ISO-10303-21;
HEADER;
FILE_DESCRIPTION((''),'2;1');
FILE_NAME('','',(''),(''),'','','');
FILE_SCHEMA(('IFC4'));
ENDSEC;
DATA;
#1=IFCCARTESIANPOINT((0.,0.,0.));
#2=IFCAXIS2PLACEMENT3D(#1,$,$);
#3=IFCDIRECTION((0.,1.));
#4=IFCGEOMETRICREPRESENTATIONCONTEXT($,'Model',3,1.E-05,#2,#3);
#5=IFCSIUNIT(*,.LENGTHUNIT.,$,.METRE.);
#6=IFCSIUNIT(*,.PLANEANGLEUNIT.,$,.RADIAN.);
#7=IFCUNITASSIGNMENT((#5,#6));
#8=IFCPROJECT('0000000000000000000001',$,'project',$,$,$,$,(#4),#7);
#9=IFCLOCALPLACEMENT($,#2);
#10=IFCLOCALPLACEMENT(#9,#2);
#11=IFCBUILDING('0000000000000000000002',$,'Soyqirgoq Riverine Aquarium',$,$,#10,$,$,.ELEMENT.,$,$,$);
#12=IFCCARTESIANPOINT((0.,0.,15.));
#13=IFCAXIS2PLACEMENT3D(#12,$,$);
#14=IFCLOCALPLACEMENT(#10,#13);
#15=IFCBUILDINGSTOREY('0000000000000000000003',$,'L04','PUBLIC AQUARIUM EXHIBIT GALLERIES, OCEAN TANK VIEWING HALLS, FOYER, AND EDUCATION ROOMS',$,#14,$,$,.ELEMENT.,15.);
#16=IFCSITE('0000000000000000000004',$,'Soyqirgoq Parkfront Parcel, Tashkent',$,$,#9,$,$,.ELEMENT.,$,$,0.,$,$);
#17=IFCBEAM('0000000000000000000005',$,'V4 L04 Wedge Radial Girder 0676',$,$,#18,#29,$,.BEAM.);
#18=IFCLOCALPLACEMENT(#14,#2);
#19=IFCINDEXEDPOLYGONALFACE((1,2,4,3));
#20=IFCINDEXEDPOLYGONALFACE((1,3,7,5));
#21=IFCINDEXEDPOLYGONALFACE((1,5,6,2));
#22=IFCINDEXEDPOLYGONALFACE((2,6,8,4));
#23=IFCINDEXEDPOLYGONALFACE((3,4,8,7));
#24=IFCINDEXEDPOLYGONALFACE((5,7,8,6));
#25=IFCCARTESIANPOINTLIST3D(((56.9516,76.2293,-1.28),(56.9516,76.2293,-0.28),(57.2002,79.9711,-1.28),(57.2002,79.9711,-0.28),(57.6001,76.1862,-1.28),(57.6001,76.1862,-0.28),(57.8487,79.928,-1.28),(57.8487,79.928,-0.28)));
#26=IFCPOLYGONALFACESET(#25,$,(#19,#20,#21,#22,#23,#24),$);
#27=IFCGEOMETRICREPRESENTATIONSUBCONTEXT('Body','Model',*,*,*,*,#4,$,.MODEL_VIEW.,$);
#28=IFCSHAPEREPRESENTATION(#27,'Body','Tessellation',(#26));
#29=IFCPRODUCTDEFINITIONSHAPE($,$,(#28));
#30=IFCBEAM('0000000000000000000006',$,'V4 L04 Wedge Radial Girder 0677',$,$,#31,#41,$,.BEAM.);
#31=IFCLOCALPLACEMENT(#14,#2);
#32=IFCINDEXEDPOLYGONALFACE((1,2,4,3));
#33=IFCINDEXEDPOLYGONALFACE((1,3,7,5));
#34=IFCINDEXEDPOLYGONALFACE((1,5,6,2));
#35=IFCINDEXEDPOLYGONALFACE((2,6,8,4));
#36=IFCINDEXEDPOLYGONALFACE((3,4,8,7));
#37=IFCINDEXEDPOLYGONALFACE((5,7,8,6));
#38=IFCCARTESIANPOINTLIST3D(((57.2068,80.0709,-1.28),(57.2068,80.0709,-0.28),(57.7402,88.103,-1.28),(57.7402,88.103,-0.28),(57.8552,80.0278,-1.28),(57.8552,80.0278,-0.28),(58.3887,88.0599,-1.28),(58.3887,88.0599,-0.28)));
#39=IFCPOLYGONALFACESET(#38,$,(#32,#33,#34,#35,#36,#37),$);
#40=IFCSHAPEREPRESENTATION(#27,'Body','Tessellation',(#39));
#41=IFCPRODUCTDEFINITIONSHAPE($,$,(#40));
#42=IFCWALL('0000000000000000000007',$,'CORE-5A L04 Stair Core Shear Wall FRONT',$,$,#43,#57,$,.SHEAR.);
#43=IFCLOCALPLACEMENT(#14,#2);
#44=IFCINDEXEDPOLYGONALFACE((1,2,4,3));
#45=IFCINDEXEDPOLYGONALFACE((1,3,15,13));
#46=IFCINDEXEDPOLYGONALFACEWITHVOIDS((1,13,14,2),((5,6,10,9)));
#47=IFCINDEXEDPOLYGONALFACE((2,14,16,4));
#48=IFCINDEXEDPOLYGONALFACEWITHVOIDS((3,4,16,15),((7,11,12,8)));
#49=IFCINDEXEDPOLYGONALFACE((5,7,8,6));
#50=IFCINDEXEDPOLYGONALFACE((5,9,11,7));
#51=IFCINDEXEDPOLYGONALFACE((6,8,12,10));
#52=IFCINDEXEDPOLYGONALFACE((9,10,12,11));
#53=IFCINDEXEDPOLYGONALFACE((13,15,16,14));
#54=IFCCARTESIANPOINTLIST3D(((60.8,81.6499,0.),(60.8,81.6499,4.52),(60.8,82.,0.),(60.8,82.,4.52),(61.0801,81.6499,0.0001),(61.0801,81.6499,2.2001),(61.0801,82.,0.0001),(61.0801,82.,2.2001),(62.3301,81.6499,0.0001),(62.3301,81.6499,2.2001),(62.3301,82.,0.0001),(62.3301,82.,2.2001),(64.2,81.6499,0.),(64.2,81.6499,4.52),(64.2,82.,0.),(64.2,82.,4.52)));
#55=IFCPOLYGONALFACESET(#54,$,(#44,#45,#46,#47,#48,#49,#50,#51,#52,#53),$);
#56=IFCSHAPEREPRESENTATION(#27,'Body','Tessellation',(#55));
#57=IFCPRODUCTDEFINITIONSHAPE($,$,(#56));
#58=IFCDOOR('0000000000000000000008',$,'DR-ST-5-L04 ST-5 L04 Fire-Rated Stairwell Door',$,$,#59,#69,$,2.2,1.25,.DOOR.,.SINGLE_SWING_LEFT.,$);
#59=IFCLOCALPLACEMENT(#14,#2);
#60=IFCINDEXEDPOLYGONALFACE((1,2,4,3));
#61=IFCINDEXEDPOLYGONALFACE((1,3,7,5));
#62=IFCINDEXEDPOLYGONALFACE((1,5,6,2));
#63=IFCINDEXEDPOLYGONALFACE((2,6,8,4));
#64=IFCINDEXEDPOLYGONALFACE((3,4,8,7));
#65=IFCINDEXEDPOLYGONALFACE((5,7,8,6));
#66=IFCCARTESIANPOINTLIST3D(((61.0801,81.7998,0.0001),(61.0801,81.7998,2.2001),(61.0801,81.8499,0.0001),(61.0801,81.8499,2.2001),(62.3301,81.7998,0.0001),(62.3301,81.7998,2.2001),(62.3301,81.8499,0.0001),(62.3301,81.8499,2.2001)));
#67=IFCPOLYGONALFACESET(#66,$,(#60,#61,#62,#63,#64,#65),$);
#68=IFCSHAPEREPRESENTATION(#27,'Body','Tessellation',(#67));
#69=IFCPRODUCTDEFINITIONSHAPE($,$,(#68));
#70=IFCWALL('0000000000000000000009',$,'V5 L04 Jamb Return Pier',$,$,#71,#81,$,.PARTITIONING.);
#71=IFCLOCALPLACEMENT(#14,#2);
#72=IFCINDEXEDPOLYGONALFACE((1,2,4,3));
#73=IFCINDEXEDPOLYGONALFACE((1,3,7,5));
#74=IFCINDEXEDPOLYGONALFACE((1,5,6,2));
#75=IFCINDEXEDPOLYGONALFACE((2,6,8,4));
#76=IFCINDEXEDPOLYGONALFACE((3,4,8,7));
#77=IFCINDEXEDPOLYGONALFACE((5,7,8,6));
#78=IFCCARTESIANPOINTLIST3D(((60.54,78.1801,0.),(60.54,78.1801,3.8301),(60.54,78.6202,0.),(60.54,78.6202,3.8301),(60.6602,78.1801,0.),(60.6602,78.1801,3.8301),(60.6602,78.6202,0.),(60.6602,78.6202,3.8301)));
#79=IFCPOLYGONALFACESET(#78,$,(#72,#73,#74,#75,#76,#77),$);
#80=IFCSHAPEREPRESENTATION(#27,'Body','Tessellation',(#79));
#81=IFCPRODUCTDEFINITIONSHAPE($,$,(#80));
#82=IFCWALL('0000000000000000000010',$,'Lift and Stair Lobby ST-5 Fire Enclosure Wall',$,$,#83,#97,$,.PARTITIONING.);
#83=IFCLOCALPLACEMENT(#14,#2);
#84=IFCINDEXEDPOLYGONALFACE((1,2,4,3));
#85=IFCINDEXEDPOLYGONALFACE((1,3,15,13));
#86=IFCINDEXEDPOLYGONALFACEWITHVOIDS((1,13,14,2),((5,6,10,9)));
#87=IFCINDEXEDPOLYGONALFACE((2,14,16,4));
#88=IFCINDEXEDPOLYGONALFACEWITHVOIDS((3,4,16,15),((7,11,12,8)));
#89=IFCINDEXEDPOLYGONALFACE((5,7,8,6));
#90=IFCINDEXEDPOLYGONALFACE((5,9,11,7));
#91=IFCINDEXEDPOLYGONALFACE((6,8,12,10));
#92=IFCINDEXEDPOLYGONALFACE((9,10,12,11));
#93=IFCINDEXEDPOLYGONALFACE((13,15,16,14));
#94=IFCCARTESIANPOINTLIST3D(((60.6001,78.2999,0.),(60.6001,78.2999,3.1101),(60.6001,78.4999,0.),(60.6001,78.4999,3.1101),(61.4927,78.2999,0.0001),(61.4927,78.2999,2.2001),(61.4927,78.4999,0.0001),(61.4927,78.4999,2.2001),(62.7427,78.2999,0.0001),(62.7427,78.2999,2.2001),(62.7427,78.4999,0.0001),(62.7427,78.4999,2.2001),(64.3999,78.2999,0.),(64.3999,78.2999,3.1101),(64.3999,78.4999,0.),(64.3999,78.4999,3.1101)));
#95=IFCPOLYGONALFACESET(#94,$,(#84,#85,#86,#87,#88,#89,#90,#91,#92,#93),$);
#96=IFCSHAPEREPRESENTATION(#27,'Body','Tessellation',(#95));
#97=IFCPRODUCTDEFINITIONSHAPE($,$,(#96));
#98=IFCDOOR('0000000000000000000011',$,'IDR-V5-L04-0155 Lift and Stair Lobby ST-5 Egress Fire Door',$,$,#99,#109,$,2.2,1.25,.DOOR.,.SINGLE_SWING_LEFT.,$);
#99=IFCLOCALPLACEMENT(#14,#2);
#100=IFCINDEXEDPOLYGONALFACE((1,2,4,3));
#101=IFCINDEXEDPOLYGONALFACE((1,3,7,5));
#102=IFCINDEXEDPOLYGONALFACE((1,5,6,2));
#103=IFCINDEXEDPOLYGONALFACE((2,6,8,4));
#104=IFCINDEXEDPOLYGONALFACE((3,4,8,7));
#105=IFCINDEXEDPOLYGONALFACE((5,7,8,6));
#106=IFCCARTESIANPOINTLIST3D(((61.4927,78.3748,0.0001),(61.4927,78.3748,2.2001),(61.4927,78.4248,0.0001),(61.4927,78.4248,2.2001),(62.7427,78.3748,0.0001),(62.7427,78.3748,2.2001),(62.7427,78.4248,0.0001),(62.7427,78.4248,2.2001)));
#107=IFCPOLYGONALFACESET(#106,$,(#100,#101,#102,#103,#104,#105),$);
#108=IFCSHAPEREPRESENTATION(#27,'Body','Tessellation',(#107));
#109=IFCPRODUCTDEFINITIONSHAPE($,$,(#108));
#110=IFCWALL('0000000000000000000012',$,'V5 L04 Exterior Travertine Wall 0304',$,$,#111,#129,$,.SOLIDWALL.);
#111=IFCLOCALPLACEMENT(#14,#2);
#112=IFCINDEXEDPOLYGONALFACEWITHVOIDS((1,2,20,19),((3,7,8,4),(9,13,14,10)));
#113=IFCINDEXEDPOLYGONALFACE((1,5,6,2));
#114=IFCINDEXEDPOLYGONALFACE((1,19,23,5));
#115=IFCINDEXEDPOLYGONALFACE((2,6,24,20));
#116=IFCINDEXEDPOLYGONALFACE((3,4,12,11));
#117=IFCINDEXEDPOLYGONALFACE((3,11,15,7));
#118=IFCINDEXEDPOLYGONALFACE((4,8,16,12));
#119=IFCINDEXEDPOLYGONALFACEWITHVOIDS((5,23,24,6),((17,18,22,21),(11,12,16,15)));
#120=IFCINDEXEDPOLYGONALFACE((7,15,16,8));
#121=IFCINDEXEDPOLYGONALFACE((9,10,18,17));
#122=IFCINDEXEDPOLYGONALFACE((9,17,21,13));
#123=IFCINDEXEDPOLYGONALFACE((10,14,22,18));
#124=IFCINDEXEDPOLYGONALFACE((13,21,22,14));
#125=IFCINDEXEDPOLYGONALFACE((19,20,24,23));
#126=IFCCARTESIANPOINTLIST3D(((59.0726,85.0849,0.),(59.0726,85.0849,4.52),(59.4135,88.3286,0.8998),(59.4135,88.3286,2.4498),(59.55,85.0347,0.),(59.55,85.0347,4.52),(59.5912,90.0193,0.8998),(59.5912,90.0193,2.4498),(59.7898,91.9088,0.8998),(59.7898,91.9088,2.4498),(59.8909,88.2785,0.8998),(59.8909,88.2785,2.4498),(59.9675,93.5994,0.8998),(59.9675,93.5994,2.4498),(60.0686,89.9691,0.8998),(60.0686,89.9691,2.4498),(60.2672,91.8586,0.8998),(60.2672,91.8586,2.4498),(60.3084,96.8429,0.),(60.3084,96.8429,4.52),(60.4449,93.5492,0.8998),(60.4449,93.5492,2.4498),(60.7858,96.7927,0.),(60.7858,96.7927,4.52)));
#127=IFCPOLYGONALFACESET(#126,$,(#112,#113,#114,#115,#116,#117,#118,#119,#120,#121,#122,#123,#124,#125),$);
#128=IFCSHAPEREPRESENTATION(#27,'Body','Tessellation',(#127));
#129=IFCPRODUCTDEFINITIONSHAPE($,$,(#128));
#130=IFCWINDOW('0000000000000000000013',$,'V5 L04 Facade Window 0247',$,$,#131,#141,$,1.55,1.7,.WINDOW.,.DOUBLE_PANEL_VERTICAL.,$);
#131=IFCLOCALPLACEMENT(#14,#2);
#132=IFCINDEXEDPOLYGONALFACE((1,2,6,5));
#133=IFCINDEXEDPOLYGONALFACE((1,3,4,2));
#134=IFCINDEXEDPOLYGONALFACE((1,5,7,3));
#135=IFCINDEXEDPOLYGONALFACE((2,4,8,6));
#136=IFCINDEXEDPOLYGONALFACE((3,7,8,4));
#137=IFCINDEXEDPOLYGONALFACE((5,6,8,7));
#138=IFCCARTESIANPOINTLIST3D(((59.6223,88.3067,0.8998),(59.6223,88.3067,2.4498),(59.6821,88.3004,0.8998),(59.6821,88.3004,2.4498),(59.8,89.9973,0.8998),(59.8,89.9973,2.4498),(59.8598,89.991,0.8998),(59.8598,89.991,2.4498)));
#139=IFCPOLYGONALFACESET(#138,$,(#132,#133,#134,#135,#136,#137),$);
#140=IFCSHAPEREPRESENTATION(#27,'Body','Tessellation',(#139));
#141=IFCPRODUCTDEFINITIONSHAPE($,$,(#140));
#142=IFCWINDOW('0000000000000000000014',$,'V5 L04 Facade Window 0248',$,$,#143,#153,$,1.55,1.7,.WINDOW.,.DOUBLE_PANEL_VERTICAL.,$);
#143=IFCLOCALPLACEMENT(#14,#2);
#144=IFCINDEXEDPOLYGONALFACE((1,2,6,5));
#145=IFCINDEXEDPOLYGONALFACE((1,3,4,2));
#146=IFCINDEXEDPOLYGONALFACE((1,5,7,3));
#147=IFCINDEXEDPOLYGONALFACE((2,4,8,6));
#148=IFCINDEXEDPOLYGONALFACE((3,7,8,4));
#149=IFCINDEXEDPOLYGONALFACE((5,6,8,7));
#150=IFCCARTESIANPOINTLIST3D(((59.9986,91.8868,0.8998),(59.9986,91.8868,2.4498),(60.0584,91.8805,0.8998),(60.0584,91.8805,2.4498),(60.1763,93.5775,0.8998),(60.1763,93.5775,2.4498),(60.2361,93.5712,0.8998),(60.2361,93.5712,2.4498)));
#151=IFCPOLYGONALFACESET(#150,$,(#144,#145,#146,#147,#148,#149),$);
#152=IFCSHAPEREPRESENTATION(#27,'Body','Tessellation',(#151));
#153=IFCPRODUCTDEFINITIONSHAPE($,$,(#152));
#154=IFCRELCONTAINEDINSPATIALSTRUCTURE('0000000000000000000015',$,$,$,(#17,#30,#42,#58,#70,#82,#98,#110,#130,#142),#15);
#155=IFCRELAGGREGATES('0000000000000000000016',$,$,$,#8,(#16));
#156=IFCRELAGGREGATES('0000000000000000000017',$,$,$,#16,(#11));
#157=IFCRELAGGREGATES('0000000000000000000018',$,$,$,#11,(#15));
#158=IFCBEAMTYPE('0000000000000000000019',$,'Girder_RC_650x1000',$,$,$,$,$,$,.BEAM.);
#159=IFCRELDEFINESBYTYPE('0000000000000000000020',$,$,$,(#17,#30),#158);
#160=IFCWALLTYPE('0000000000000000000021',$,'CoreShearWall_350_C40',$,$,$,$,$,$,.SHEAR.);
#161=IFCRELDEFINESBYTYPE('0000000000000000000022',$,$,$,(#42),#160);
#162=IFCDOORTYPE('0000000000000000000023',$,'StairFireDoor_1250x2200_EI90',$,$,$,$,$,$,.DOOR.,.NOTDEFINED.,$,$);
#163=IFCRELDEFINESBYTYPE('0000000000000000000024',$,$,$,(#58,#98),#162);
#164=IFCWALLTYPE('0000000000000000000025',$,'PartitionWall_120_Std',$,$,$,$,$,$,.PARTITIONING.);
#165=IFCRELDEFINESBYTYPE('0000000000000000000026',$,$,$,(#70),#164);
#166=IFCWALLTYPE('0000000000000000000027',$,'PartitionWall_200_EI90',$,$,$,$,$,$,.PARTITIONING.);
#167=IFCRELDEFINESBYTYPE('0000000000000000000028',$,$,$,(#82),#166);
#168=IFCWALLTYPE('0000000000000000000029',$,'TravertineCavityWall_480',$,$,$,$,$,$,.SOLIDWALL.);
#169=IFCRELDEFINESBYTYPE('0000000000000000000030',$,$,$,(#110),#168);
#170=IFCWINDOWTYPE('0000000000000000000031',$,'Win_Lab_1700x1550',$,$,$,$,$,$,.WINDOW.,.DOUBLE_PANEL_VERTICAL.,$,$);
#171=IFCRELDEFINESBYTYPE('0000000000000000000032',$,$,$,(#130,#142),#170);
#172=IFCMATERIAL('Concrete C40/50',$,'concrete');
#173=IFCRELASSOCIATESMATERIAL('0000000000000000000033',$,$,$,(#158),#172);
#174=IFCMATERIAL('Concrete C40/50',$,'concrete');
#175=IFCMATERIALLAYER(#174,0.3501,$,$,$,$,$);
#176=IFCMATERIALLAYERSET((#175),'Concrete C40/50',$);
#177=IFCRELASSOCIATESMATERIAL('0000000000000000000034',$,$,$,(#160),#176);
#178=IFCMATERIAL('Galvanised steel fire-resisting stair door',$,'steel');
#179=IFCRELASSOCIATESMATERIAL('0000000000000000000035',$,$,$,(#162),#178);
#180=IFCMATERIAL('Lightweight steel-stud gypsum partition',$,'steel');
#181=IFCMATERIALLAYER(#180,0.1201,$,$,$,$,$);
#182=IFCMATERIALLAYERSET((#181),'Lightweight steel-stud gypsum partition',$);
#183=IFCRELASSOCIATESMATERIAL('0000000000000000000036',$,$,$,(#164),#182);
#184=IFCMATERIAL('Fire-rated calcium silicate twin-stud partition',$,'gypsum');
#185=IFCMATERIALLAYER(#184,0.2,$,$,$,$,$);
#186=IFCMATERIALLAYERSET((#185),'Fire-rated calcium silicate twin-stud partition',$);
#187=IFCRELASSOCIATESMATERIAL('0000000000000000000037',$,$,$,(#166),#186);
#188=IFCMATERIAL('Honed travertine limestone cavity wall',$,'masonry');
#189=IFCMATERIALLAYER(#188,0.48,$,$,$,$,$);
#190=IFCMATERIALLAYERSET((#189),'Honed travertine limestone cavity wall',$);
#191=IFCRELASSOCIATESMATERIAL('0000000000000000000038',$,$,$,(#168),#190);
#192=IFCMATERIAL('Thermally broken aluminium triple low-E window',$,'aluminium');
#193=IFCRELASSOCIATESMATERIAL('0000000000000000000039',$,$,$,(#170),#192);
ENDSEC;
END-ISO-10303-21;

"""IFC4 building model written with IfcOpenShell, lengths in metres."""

from ifc_helpers import new_model, si_unit, direction, frame, frame_2d, origin, origin_2d, place, context, subcontext, project, spatial, rectangle, extrude, material, layer, layer_set, material_profile, profile_set, type_object, element, fill, save


model = new_model("IFC4")

# Units and contexts
model_context = context("Model", 3, precision=1e-05, world=origin(), true_north=direction((0.0, 1.0)))
body_context = subcontext(model_context, "Body", "Model", "MODEL_VIEW")
ifc_project = project(units=[si_unit("LENGTHUNIT", "METRE"), si_unit("PLANEANGLEUNIT", "RADIAN")], contexts=[model_context])

# Site, building, storey
site_placement = place(None, origin())
site = spatial("IfcSite", under=ifc_project, at=site_placement, Name="Soyqirgoq Parkfront Parcel, Tashkent", CompositionType="ELEMENT", RefElevation=0.0)
building_placement = place(site_placement, origin())
building = spatial("IfcBuilding", under=site, at=building_placement, Name="Soyqirgoq Riverine Aquarium", CompositionType="ELEMENT")
storey_placement = place(building_placement, frame((0.0, 0.0, 15.0)))
storey = spatial("IfcBuildingStorey", under=building, at=storey_placement, Name="L04", Description="PUBLIC AQUARIUM EXHIBIT GALLERIES, OCEAN TANK VIEWING HALLS, FOYER, AND EDUCATION ROOMS", CompositionType="ELEMENT", Elevation=15.0)

# Beams
ifc_material_1 = material(Name="Concrete C40/50", Category="concrete")
ifc_material_profile_1 = material_profile(ifc_material_1, rectangle(XDim=0.6499, YDim=1.0, at=origin_2d()), Name="RC 650x1000")
ifc_profile_set_1 = profile_set([ifc_material_profile_1], Name="Concrete C40/50")
beam_type_1 = type_object("IfcBeamType", Name="Girder_RC_650x1000", PredefinedType="BEAM", material=ifc_profile_set_1)
beam_1_placement = place(storey_placement, frame((57.2759, 76.2078, -0.78), z_axis=(0.066277, 0.997801, 0.0), x_axis=(-0.997801, 0.066277, 0.0)))
element("IfcBeam", 1, at=beam_1_placement, inside=storey, type_object=beam_type_1, Name="V4 L04 Wedge Radial Girder 0676", PredefinedType="BEAM", context=body_context, shape_type="SweptSolid", body=[
    extrude(rectangle(XDim=0.6499, YDim=1.0, at=origin_2d()), origin(), (0.0, 0.0, 1.0), 3.75),
])
beam_2_placement = place(storey_placement, frame((57.531, 80.0493, -0.78), z_axis=(0.066267, 0.997802, 0.0), x_axis=(-0.997802, 0.066267, 0.0)))
element("IfcBeam", 2, at=beam_2_placement, inside=storey, type_object=beam_type_1, Name="V4 L04 Wedge Radial Girder 0677", PredefinedType="BEAM", context=body_context, shape_type="SweptSolid", body=[
    extrude(rectangle(XDim=0.6499, YDim=1.0, at=origin_2d()), origin(), (0.0, 0.0, 1.0), 8.0498),
])

# Wall, opening, door
ifc_material_2 = material(Name="Concrete C40/50", Category="concrete")
ifc_layer_1 = layer(ifc_material_2, 0.3501)
ifc_layer_set_1 = layer_set([ifc_layer_1], Name="Concrete C40/50")
wall_type_1 = type_object("IfcWallType", Name="CoreShearWall_350_C40", PredefinedType="SHEAR", material=ifc_layer_set_1)
wall_1_placement = place(storey_placement, frame((60.8, 81.825, 0.0), z_axis=(0.0, 0.0, 1.0), x_axis=(1.0, 0.0, 0.0)))
wall_1 = element("IfcWall", 3, at=wall_1_placement, inside=storey, type_object=wall_type_1, Name="CORE-5A L04 Stair Core Shear Wall FRONT", PredefinedType="SHEAR", context=body_context, shape_type="SweptSolid", body=[
    extrude(rectangle(XDim=3.3999, YDim=0.3501, at=frame_2d((1.7, 0.0))), origin(), (0.0, 0.0, 1.0), 4.52),
])
opening_1_placement = place(wall_1_placement, frame((0.28, 0.0, 0.0)))
opening_1 = element("IfcOpeningElement", 4, at=opening_1_placement, cuts=wall_1, PredefinedType="OPENING", context=body_context, shape_type="SweptSolid", body=[
    extrude(rectangle(XDim=1.25, YDim=2.2, at=frame_2d((0.625, 1.1001))), frame((0.0, 0.1851, 0.0), z_axis=(0.0, -1.0, 0.0), x_axis=(1.0, 0.0, 0.0)), (0.0, 0.0, 1.0), 0.3701),
])
ifc_material_3 = material(Name="Galvanised steel fire-resisting stair door", Category="steel")
door_type = type_object("IfcDoorType", Name="StairFireDoor_1250x2200_EI90", OperationType="NOTDEFINED", PredefinedType="DOOR", material=ifc_material_3)
door_1_placement = place(opening_1_placement, origin())
door_1 = element("IfcDoor", 5, at=door_1_placement, inside=storey, type_object=door_type, Name="DR-ST-5-L04 ST-5 L04 Fire-Rated Stairwell Door", OperationType="SINGLE_SWING_LEFT", OverallHeight=2.2, OverallWidth=1.25, PredefinedType="DOOR", context=body_context, shape_type="SweptSolid", body=[
    extrude(rectangle(XDim=1.25, YDim=2.2, at=frame_2d((0.625, 1.1001))), frame((0.0, 0.0249, 0.0), z_axis=(0.0, -1.0, 0.0), x_axis=(1.0, 0.0, 0.0)), (0.0, 0.0, 1.0), 0.05),
])
fill(opening_1, door_1)

# Wall
ifc_material_4 = material(Name="Lightweight steel-stud gypsum partition", Category="steel")
ifc_layer_2 = layer(ifc_material_4, 0.1201)
ifc_layer_set_2 = layer_set([ifc_layer_2], Name="Lightweight steel-stud gypsum partition")
wall_type_2 = type_object("IfcWallType", Name="PartitionWall_120_Std", PredefinedType="PARTITIONING", material=ifc_layer_set_2)
wall_2_placement = place(storey_placement, frame((60.6001, 78.1799, 0.0), z_axis=(0.0, 0.0, 1.0), x_axis=(0.0, 1.0, 0.0)))
element("IfcWall", 6, at=wall_2_placement, inside=storey, type_object=wall_type_2, Name="V5 L04 Jamb Return Pier", PredefinedType="PARTITIONING", context=body_context, shape_type="SweptSolid", body=[
    extrude(rectangle(XDim=0.4402, YDim=0.1201, at=frame_2d((0.2202, 0.0))), origin(), (0.0, 0.0, 1.0), 3.8301),
])

# Wall, opening, door
ifc_material_5 = material(Name="Fire-rated calcium silicate twin-stud partition", Category="gypsum")
ifc_layer_3 = layer(ifc_material_5, 0.2)
ifc_layer_set_3 = layer_set([ifc_layer_3], Name="Fire-rated calcium silicate twin-stud partition")
wall_type_3 = type_object("IfcWallType", Name="PartitionWall_200_EI90", PredefinedType="PARTITIONING", material=ifc_layer_set_3)
wall_3_placement = place(storey_placement, frame((60.6001, 78.3999, 0.0), z_axis=(0.0, 0.0, 1.0), x_axis=(1.0, 0.0, 0.0)))
wall_3 = element("IfcWall", 7, at=wall_3_placement, inside=storey, type_object=wall_type_3, Name="Lift and Stair Lobby ST-5 Fire Enclosure Wall", PredefinedType="PARTITIONING", context=body_context, shape_type="SweptSolid", body=[
    extrude(rectangle(XDim=3.7998, YDim=0.2, at=frame_2d((1.8999, 0.0))), origin(), (0.0, 0.0, 1.0), 3.1101),
])
opening_2_placement = place(wall_3_placement, frame((0.8926, 0.0, 0.0)))
opening_2 = element("IfcOpeningElement", 8, at=opening_2_placement, cuts=wall_3, PredefinedType="OPENING", context=body_context, shape_type="SweptSolid", body=[
    extrude(rectangle(XDim=1.25, YDim=2.2, at=frame_2d((0.625, 1.1001))), frame((0.0, 0.1099, 0.0), z_axis=(0.0, -1.0, 0.0), x_axis=(1.0, 0.0, 0.0)), (0.0, 0.0, 1.0), 0.22),
])
door_2_placement = place(opening_2_placement, origin())
door_2 = element("IfcDoor", 9, at=door_2_placement, inside=storey, type_object=door_type, Name="IDR-V5-L04-0155 Lift and Stair Lobby ST-5 Egress Fire Door", OperationType="SINGLE_SWING_LEFT", OverallHeight=2.2, OverallWidth=1.25, PredefinedType="DOOR", context=body_context, shape_type="SweptSolid", body=[
    extrude(rectangle(XDim=1.25, YDim=2.2, at=frame_2d((0.625, 1.1001))), frame((0.0, 0.0249, 0.0), z_axis=(0.0, -1.0, 0.0), x_axis=(1.0, 0.0, 0.0)), (0.0, 0.0, 1.0), 0.05),
])
fill(opening_2, door_2)

# Wall, openings, windows
ifc_material_6 = material(Name="Honed travertine limestone cavity wall", Category="masonry")
ifc_layer_4 = layer(ifc_material_6, 0.48)
ifc_layer_set_4 = layer_set([ifc_layer_4], Name="Honed travertine limestone cavity wall")
wall_type_4 = type_object("IfcWallType", Name="TravertineCavityWall_480", PredefinedType="SOLIDWALL", material=ifc_layer_set_4)
wall_4_placement = place(storey_placement, frame((59.3113, 85.0598, 0.0), z_axis=(0.0, 0.0, 1.0), x_axis=(0.10453, 0.994522, 0.0)))
wall_4 = element("IfcWall", 10, at=wall_4_placement, inside=storey, type_object=wall_type_4, Name="V5 L04 Exterior Travertine Wall 0304", PredefinedType="SOLIDWALL", context=body_context, shape_type="SweptSolid", body=[
    extrude(rectangle(XDim=11.8228, YDim=0.48, at=frame_2d((5.9114, 0.0))), origin(), (0.0, 0.0, 1.0), 4.52),
])
opening_3_placement = place(wall_4_placement, frame((3.2615, 0.0, 0.8999)))
opening_3 = element("IfcOpeningElement", 11, at=opening_3_placement, cuts=wall_4, PredefinedType="OPENING", context=body_context, shape_type="SweptSolid", body=[
    extrude(rectangle(XDim=1.7, YDim=1.55, at=frame_2d((0.8501, 0.7749))), frame((0.0, 0.25, 0.0), z_axis=(0.0, -1.0, 0.0), x_axis=(1.0, 0.0, 0.0)), (0.0, 0.0, 1.0), 0.5),
])
opening_4_placement = place(wall_4_placement, frame((6.8613, 0.0, 0.8999)))
opening_4 = element("IfcOpeningElement", 12, at=opening_4_placement, cuts=wall_4, PredefinedType="OPENING", context=body_context, shape_type="SweptSolid", body=[
    extrude(rectangle(XDim=1.7, YDim=1.55, at=frame_2d((0.8501, 0.7749))), frame((0.0, 0.25, 0.0), z_axis=(0.0, -1.0, 0.0), x_axis=(1.0, 0.0, 0.0)), (0.0, 0.0, 1.0), 0.5),
])
ifc_material_7 = material(Name="Thermally broken aluminium triple low-E window", Category="aluminium")
window_type_1 = type_object("IfcWindowType", Name="Win_Lab_1700x1550", PartitioningType="DOUBLE_PANEL_VERTICAL", PredefinedType="WINDOW", material=ifc_material_7)
window_1_placement = place(opening_3_placement, origin())
window_1 = element("IfcWindow", 13, at=window_1_placement, inside=storey, type_object=window_type_1, Name="V5 L04 Facade Window 0247", OverallHeight=1.55, OverallWidth=1.7, PartitioningType="DOUBLE_PANEL_VERTICAL", PredefinedType="WINDOW", context=body_context, shape_type="SweptSolid", body=[
    extrude(rectangle(XDim=1.7, YDim=1.55, at=frame_2d((0.8501, 0.7749))), frame((0.0, 0.03, 0.0), z_axis=(0.0, -1.0, 0.0), x_axis=(1.0, 0.0, 0.0)), (0.0, 0.0, 1.0), 0.0601),
])
fill(opening_3, window_1)
window_2_placement = place(opening_4_placement, origin())
window_2 = element("IfcWindow", 14, at=window_2_placement, inside=storey, type_object=window_type_1, Name="V5 L04 Facade Window 0248", OverallHeight=1.55, OverallWidth=1.7, PartitioningType="DOUBLE_PANEL_VERTICAL", PredefinedType="WINDOW", context=body_context, shape_type="SweptSolid", body=[
    extrude(rectangle(XDim=1.7, YDim=1.55, at=frame_2d((0.8501, 0.7749))), frame((0.0, 0.03, 0.0), z_axis=(0.0, -1.0, 0.0), x_axis=(1.0, 0.0, 0.0)), (0.0, 0.0, 1.0), 0.0601),
])
fill(opening_4, window_2)

save(model, "model.ifc")
